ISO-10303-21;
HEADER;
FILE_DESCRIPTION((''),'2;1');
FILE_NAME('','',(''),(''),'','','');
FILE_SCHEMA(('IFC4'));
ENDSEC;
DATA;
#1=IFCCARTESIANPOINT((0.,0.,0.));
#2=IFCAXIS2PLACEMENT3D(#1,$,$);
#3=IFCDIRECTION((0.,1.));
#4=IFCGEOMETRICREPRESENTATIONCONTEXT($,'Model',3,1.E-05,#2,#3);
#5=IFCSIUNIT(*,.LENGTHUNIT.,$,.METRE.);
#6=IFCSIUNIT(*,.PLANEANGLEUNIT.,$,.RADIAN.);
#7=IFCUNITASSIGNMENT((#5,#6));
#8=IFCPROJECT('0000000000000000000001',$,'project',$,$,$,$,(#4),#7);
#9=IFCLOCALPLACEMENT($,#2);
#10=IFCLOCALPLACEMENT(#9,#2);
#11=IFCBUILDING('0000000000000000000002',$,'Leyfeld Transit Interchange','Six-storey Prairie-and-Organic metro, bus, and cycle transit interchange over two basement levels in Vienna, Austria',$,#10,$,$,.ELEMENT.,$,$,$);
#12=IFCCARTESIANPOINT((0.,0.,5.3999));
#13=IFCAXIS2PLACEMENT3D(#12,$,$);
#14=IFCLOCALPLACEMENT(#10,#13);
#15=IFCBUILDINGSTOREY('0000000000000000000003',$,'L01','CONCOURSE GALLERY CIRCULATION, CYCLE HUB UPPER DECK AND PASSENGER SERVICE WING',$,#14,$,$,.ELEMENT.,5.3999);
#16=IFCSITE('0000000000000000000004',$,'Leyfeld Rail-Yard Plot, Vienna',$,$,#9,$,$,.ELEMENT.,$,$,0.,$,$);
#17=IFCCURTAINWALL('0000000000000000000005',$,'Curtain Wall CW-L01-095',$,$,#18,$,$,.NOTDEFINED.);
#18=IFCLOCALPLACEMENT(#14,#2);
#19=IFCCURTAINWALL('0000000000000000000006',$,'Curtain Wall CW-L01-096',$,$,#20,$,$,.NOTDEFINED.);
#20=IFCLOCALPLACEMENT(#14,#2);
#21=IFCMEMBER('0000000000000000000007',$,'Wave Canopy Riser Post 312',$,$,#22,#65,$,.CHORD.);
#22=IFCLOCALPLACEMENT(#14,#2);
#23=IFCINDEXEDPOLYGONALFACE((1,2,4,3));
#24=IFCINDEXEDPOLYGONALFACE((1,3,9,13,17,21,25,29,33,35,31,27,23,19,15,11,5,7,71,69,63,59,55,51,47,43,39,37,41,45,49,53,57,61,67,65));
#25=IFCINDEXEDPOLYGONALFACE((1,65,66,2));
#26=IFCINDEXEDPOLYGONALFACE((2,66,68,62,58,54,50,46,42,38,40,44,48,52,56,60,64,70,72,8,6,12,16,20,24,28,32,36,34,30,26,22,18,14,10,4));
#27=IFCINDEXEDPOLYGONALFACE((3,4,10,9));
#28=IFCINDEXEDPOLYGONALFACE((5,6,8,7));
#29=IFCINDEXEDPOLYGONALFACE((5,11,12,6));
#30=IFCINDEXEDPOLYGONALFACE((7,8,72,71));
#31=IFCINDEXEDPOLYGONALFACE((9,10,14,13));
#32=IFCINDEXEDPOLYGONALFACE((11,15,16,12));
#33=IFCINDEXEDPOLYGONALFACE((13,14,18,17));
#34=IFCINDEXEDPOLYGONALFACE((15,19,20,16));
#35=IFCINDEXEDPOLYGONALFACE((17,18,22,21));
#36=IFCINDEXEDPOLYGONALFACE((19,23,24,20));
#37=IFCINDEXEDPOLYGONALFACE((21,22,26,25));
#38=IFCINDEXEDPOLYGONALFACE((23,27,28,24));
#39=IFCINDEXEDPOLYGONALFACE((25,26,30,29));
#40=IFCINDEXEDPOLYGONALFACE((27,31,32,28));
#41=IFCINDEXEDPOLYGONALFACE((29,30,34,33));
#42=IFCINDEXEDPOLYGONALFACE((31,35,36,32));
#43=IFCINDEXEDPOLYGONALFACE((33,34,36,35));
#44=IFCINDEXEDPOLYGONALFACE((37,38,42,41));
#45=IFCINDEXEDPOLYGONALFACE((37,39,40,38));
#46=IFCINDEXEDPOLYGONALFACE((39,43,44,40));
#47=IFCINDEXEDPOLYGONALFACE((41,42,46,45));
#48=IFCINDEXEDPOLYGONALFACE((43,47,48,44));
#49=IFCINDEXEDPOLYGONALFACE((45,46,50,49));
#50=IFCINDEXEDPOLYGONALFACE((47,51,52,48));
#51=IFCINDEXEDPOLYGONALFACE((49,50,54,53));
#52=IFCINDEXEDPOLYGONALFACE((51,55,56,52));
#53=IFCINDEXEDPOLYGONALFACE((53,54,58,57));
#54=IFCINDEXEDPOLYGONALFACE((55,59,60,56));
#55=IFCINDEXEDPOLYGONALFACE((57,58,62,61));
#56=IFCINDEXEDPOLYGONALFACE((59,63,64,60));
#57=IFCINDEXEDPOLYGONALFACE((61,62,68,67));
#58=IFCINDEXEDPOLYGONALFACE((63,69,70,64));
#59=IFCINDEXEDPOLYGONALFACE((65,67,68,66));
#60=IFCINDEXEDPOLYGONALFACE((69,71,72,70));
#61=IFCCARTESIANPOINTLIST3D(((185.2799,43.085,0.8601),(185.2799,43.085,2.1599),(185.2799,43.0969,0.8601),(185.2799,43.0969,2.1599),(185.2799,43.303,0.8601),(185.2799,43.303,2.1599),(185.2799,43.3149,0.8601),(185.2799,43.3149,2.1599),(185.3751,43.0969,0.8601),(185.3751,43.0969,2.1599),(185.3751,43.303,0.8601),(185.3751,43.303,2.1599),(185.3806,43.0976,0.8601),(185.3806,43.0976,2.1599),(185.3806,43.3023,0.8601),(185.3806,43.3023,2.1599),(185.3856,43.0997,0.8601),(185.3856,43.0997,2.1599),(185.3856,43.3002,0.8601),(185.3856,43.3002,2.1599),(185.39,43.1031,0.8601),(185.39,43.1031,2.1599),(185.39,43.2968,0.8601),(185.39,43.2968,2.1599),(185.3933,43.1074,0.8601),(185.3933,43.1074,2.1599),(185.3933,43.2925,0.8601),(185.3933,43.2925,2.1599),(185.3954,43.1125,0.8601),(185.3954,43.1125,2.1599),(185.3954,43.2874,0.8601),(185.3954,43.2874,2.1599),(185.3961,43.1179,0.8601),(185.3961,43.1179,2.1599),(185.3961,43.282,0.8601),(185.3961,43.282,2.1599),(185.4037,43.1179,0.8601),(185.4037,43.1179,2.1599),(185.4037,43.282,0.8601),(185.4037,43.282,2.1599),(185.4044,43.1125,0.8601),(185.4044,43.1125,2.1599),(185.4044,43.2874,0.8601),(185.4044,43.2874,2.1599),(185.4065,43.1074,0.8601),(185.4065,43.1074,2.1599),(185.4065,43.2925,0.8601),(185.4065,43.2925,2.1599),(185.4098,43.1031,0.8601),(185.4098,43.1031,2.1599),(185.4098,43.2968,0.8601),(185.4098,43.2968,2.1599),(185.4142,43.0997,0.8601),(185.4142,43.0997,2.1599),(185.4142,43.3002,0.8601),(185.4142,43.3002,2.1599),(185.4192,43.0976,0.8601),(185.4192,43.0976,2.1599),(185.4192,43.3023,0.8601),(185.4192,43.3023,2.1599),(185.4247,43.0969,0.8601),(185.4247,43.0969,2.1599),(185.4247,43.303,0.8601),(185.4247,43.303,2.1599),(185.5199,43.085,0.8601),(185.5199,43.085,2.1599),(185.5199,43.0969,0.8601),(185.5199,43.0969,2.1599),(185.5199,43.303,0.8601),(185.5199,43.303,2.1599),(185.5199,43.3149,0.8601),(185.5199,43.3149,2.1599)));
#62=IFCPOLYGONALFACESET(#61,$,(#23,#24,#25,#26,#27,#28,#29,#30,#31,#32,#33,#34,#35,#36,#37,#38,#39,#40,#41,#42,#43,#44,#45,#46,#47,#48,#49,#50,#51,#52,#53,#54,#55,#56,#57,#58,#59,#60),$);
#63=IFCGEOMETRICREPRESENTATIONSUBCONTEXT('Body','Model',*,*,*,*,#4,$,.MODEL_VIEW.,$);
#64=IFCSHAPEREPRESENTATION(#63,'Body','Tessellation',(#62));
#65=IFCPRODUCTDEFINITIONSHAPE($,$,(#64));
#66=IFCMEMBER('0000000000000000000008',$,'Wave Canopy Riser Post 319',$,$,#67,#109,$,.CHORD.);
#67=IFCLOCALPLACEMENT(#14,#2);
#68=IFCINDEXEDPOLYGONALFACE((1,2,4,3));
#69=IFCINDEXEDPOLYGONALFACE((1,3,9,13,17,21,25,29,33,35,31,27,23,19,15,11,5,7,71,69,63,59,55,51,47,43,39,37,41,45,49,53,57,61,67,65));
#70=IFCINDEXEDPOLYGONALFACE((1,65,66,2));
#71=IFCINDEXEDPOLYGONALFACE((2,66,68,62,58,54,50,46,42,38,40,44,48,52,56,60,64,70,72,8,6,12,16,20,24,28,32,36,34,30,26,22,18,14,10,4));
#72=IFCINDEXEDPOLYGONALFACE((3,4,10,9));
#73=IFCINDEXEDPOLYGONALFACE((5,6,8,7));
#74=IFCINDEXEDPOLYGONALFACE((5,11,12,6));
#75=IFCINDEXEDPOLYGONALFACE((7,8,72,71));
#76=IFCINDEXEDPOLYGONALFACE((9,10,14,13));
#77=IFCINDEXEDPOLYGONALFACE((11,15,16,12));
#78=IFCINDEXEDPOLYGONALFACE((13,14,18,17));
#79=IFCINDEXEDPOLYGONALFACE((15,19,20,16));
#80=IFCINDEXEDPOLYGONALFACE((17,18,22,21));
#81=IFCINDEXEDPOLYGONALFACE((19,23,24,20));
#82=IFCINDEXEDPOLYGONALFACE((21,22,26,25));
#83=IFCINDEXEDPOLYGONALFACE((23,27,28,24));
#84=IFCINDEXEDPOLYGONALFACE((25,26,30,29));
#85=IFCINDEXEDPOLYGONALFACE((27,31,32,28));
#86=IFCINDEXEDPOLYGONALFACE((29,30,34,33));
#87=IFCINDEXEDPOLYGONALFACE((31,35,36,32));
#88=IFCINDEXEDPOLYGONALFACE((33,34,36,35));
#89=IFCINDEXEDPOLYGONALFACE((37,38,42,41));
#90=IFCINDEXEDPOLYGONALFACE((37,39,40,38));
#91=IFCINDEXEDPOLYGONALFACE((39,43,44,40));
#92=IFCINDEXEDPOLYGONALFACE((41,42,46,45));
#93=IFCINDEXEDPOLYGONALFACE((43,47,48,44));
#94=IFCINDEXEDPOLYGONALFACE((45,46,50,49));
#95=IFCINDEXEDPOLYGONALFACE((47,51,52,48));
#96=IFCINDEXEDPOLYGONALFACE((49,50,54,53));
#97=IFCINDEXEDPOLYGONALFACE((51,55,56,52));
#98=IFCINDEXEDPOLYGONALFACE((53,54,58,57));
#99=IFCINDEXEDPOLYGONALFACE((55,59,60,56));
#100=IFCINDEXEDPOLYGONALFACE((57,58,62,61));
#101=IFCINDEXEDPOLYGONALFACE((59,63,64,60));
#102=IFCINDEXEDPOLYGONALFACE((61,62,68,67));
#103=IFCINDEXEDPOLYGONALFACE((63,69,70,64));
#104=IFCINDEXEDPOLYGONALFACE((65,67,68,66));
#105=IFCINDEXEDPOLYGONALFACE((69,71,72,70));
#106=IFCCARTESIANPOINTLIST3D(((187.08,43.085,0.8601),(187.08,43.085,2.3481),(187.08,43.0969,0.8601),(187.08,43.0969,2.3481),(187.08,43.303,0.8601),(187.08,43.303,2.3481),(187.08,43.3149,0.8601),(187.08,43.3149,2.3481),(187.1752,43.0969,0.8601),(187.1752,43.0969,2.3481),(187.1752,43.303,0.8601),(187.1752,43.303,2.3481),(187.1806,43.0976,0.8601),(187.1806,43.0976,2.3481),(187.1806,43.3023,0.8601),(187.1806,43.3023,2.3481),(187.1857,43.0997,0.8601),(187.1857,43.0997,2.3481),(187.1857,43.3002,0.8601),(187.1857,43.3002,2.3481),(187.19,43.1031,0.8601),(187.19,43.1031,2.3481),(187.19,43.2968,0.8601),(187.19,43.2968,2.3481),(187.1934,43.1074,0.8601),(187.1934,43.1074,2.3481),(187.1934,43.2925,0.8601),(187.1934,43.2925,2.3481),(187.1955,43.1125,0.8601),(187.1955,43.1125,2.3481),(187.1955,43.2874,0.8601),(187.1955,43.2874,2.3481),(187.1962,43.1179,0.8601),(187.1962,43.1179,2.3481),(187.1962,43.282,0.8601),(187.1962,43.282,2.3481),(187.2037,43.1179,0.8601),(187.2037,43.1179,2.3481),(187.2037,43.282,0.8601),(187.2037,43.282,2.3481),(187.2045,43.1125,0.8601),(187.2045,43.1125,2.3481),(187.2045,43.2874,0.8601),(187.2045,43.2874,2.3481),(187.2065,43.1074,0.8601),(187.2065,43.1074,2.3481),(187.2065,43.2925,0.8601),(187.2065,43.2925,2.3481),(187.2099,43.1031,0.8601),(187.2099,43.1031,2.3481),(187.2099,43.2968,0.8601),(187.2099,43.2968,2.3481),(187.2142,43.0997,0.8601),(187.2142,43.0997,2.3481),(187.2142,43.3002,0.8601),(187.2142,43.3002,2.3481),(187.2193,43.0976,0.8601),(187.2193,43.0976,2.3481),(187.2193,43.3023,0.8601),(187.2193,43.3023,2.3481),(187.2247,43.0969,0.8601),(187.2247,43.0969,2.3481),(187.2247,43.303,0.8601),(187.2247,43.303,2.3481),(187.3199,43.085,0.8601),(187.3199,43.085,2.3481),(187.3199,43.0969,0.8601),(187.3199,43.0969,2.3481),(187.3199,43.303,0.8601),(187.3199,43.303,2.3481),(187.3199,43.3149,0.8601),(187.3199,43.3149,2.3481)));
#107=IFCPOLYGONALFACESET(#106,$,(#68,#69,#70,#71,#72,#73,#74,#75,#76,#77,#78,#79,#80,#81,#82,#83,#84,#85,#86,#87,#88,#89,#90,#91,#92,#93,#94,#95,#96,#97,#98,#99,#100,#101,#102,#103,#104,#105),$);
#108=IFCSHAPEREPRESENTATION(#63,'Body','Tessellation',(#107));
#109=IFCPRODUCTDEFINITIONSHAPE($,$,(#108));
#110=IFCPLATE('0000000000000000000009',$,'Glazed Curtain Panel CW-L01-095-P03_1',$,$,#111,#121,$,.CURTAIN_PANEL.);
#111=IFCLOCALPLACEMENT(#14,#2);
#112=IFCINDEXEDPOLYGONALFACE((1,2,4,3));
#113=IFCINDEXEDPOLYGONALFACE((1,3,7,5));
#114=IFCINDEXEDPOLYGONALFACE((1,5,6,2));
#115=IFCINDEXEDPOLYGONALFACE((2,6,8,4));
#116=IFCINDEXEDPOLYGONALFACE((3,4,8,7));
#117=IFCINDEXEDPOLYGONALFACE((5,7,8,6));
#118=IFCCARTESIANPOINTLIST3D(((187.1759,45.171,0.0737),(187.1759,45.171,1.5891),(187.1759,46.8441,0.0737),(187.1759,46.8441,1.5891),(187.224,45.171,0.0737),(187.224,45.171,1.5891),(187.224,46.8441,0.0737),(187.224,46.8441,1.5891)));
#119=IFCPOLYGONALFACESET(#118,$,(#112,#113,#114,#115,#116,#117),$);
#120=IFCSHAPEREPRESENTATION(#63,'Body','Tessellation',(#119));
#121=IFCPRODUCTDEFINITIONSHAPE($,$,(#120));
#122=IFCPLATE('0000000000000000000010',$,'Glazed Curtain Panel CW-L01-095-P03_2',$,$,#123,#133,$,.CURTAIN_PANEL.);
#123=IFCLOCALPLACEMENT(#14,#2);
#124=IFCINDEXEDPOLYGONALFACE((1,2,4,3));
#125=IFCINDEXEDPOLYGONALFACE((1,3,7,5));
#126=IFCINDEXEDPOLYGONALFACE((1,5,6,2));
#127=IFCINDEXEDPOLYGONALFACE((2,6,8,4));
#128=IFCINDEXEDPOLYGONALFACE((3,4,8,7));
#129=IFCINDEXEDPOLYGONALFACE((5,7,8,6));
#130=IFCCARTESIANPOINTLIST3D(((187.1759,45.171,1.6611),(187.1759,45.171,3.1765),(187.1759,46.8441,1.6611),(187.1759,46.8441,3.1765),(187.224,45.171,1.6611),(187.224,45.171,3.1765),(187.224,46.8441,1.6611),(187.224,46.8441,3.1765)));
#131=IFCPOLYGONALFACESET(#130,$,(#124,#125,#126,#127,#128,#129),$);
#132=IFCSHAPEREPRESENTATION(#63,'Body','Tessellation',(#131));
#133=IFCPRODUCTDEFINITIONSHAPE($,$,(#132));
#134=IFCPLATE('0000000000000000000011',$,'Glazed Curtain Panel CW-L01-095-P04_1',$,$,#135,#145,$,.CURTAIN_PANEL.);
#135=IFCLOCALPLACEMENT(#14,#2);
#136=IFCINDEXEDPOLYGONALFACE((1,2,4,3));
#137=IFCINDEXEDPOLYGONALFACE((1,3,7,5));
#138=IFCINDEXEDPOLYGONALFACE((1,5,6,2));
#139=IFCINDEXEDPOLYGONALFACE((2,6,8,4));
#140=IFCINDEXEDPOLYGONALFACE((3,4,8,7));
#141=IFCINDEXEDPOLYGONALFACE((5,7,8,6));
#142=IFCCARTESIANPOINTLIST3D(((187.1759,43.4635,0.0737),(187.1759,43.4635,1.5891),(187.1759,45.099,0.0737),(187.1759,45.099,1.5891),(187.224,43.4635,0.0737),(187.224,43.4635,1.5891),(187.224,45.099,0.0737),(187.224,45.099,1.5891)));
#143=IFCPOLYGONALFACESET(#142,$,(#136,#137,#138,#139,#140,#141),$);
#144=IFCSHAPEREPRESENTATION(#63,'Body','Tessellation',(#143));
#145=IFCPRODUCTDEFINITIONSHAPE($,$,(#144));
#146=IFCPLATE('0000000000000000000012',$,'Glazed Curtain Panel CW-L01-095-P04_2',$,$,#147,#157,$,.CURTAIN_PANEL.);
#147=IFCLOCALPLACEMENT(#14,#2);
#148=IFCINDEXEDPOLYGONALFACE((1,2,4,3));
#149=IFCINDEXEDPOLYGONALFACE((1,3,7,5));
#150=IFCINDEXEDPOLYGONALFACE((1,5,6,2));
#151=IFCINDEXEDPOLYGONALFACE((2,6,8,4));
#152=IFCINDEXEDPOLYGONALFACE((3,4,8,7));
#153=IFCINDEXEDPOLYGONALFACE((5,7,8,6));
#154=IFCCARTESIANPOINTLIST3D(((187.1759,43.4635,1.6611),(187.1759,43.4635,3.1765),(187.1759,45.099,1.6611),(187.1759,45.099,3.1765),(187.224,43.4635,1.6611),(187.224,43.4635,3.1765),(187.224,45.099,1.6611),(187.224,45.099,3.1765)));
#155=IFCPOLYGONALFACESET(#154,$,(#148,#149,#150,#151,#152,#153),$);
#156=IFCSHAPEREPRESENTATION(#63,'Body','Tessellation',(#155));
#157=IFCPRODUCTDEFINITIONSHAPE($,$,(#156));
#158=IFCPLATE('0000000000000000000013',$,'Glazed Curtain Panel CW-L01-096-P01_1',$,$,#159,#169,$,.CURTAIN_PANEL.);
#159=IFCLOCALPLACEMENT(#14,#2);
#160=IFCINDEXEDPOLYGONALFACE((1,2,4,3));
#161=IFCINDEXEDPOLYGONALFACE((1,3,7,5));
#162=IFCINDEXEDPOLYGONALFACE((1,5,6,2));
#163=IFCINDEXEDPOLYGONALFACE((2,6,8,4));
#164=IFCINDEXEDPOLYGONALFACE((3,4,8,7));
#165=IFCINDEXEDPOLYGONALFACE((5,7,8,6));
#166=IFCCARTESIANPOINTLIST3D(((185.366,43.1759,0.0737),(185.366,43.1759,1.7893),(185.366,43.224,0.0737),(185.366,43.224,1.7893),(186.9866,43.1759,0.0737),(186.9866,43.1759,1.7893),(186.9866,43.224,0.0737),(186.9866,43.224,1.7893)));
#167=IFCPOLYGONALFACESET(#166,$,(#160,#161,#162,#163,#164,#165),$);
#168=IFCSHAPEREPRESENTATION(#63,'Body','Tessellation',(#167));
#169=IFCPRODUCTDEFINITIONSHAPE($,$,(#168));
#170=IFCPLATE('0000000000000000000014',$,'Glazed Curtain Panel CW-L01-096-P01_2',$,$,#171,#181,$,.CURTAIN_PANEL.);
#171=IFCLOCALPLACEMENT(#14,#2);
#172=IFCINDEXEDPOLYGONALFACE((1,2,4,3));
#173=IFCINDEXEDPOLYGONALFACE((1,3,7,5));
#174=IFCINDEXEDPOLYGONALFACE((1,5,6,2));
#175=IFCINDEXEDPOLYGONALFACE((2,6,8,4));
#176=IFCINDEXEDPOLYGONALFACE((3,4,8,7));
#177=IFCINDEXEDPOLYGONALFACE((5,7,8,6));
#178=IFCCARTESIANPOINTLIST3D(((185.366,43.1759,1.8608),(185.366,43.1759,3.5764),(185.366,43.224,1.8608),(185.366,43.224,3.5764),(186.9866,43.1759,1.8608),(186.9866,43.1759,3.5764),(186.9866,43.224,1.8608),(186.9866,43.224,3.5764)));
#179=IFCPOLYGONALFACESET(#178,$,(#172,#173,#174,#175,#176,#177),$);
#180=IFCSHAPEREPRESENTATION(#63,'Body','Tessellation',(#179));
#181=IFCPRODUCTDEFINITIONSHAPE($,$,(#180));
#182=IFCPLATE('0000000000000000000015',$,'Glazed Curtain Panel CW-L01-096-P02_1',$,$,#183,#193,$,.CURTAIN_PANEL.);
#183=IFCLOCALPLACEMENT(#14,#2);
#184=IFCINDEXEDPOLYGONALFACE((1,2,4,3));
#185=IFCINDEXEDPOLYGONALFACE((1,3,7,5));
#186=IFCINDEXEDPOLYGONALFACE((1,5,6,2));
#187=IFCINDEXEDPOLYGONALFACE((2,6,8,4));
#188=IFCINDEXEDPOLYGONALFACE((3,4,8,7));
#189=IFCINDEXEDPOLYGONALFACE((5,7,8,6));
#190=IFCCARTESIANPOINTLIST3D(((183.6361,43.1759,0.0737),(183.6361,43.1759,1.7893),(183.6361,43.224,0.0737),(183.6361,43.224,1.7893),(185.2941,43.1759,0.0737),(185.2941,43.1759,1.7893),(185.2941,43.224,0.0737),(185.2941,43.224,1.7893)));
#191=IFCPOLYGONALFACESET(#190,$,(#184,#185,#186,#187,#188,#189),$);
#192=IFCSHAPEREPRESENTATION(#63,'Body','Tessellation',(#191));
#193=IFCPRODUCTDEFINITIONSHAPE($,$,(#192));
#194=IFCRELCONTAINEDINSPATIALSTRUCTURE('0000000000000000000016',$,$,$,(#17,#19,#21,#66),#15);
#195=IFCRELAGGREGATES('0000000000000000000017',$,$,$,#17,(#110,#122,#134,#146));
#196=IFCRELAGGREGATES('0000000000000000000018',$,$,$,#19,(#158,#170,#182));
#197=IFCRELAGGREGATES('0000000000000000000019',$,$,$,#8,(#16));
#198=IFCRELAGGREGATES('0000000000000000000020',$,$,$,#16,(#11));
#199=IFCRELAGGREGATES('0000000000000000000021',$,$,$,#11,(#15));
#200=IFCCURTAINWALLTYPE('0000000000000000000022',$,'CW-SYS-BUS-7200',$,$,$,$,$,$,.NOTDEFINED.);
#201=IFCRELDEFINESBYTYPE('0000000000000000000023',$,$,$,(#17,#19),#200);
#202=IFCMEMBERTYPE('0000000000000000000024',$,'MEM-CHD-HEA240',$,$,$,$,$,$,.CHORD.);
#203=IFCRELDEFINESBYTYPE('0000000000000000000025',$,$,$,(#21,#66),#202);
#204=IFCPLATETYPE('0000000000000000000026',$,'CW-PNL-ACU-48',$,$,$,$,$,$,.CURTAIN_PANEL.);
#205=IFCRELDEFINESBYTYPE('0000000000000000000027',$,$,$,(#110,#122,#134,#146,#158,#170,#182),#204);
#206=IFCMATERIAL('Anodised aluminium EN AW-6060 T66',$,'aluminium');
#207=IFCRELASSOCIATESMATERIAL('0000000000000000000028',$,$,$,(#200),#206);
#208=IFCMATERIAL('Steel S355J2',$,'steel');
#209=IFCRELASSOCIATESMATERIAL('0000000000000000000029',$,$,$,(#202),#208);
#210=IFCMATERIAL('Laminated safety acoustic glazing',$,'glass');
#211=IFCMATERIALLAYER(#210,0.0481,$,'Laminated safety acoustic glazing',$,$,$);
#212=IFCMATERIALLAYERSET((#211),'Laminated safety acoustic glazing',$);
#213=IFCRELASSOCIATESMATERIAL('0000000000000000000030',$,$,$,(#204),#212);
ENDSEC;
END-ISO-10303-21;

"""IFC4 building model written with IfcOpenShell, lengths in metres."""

from ifc_helpers import new_model, si_unit, direction, frame, origin, origin_2d, place, context, subcontext, project, spatial, rectangle, i_section, extrude, material, layer, layer_set, material_profile, profile_set, type_object, element, aggregate, save


model = new_model("IFC4")

# Units and contexts
model_context = context("Model", 3, precision=1e-05, world=origin(), true_north=direction((0.0, 1.0)))
body_context = subcontext(model_context, "Body", "Model", "MODEL_VIEW")
ifc_project = project(units=[si_unit("LENGTHUNIT", "METRE"), si_unit("PLANEANGLEUNIT", "RADIAN")], contexts=[model_context])

# Site, building, storey
site_placement = place(None, origin())
site = spatial("IfcSite", under=ifc_project, at=site_placement, Name="Leyfeld Rail-Yard Plot, Vienna", CompositionType="ELEMENT", RefElevation=0.0)
building_placement = place(site_placement, origin())
building = spatial("IfcBuilding", under=site, at=building_placement, Name="Leyfeld Transit Interchange", Description="Six-storey Prairie-and-Organic metro, bus, and cycle transit interchange over two basement levels in Vienna, Austria", CompositionType="ELEMENT")
storey_placement = place(building_placement, frame((0.0, 0.0, 5.3999)))
storey = spatial("IfcBuildingStorey", under=building, at=storey_placement, Name="L01", Description="CONCOURSE GALLERY CIRCULATION, CYCLE HUB UPPER DECK AND PASSENGER SERVICE WING", CompositionType="ELEMENT", Elevation=5.3999)

# Shared definitions
ifc_material_1 = material(Name="Steel S355J2", Category="steel")

# Curtain walls
ifc_material_2 = material(Name="Anodised aluminium EN AW-6060 T66", Category="aluminium")
curtain_wall_type = type_object("IfcCurtainWallType", Name="CW-SYS-BUS-7200", PredefinedType="NOTDEFINED", material=ifc_material_2)
curtain_wall_1_placement = place(storey_placement, origin())
curtain_wall_1 = element("IfcCurtainWall", 1, at=curtain_wall_1_placement, inside=storey, type_object=curtain_wall_type, Name="Curtain Wall CW-L01-095", PredefinedType="NOTDEFINED")
curtain_wall_2_placement = place(storey_placement, origin())
curtain_wall_2 = element("IfcCurtainWall", 2, at=curtain_wall_2_placement, inside=storey, type_object=curtain_wall_type, Name="Curtain Wall CW-L01-096", PredefinedType="NOTDEFINED")

# Members
ifc_material_profile_1 = material_profile(ifc_material_1, i_section(OverallWidth=0.24, OverallDepth=0.23, WebThickness=0.0076, FlangeThickness=0.012, FilletRadius=0.021, at=origin_2d()), Name="HEA 240")
ifc_profile_set_1 = profile_set([ifc_material_profile_1], Name="Steel S355J2")
member_type_1 = type_object("IfcMemberType", Name="MEM-CHD-HEA240", PredefinedType="CHORD", material=ifc_profile_set_1)
member_1_placement = place(storey_placement, frame((185.3999, 43.2, 0.8601), z_axis=(0.0, 0.0, 1.0), x_axis=(1.0, 0.0, 0.0)))
element("IfcMember", 3, at=member_1_placement, inside=storey, type_object=member_type_1, Name="Wave Canopy Riser Post 312", PredefinedType="CHORD", context=body_context, shape_type="SweptSolid", body=[
    extrude(i_section(OverallWidth=0.24, OverallDepth=0.23, WebThickness=0.0076, FlangeThickness=0.012, FilletRadius=0.021, at=origin_2d()), origin(), (0.0, 0.0, 1.0), 1.2998),
])
member_2_placement = place(storey_placement, frame((187.2, 43.2, 0.8601), z_axis=(0.0, 0.0, 1.0), x_axis=(1.0, 0.0, 0.0)))
element("IfcMember", 4, at=member_2_placement, inside=storey, type_object=member_type_1, Name="Wave Canopy Riser Post 319", PredefinedType="CHORD", context=body_context, shape_type="SweptSolid", body=[
    extrude(i_section(OverallWidth=0.24, OverallDepth=0.23, WebThickness=0.0076, FlangeThickness=0.012, FilletRadius=0.021, at=origin_2d()), origin(), (0.0, 0.0, 1.0), 1.488),
])

# Plates
ifc_material_3 = material(Name="Laminated safety acoustic glazing", Category="glass")
ifc_layer = layer(ifc_material_3, 0.0481, Name="Laminated safety acoustic glazing")
ifc_layer_set = layer_set([ifc_layer], Name="Laminated safety acoustic glazing")
plate_type = type_object("IfcPlateType", Name="CW-PNL-ACU-48", PredefinedType="CURTAIN_PANEL", material=ifc_layer_set)
plate_1_placement = place(storey_placement, frame((187.2, 46.0076, 0.0737), z_axis=(0.0, 0.0, 1.0), x_axis=(0.0, -1.0, 0.0)))
plate_1 = element("IfcPlate", 5, at=plate_1_placement, type_object=plate_type, Name="Glazed Curtain Panel CW-L01-095-P03_1", PredefinedType="CURTAIN_PANEL", context=body_context, shape_type="SweptSolid", body=[
    extrude(rectangle(XDim=1.6731, YDim=0.0481, at=origin_2d()), origin(), (0.0, 0.0, 1.0), 1.5154),
])
plate_2_placement = place(storey_placement, frame((187.2, 46.0076, 1.6611), z_axis=(0.0, 0.0, 1.0), x_axis=(0.0, -1.0, 0.0)))
plate_2 = element("IfcPlate", 6, at=plate_2_placement, type_object=plate_type, Name="Glazed Curtain Panel CW-L01-095-P03_2", PredefinedType="CURTAIN_PANEL", context=body_context, shape_type="SweptSolid", body=[
    extrude(rectangle(XDim=1.6731, YDim=0.0481, at=origin_2d()), origin(), (0.0, 0.0, 1.0), 1.5154),
])
plate_3_placement = place(storey_placement, frame((187.2, 44.2812, 0.0737), z_axis=(0.0, 0.0, 1.0), x_axis=(0.0, -1.0, 0.0)))
plate_3 = element("IfcPlate", 7, at=plate_3_placement, type_object=plate_type, Name="Glazed Curtain Panel CW-L01-095-P04_1", PredefinedType="CURTAIN_PANEL", context=body_context, shape_type="SweptSolid", body=[
    extrude(rectangle(XDim=1.6355, YDim=0.0481, at=origin_2d()), origin(), (0.0, 0.0, 1.0), 1.5154),
])
plate_4_placement = place(storey_placement, frame((187.2, 44.2812, 1.6611), z_axis=(0.0, 0.0, 1.0), x_axis=(0.0, -1.0, 0.0)))
plate_4 = element("IfcPlate", 8, at=plate_4_placement, type_object=plate_type, Name="Glazed Curtain Panel CW-L01-095-P04_2", PredefinedType="CURTAIN_PANEL", context=body_context, shape_type="SweptSolid", body=[
    extrude(rectangle(XDim=1.6355, YDim=0.0481, at=origin_2d()), origin(), (0.0, 0.0, 1.0), 1.5154),
])
aggregate(curtain_wall_1, [plate_1, plate_2, plate_3, plate_4])
plate_5_placement = place(storey_placement, frame((186.1763, 43.2, 0.0737), z_axis=(0.0, 0.0, 1.0), x_axis=(-1.0, 0.0, 0.0)))
plate_5 = element("IfcPlate", 9, at=plate_5_placement, type_object=plate_type, Name="Glazed Curtain Panel CW-L01-096-P01_1", PredefinedType="CURTAIN_PANEL", context=body_context, shape_type="SweptSolid", body=[
    extrude(rectangle(XDim=1.6206, YDim=0.0481, at=origin_2d()), origin(), (0.0, 0.0, 1.0), 1.7156),
])
plate_6_placement = place(storey_placement, frame((186.1763, 43.2, 1.8608), z_axis=(0.0, 0.0, 1.0), x_axis=(-1.0, 0.0, 0.0)))
plate_6 = element("IfcPlate", 10, at=plate_6_placement, type_object=plate_type, Name="Glazed Curtain Panel CW-L01-096-P01_2", PredefinedType="CURTAIN_PANEL", context=body_context, shape_type="SweptSolid", body=[
    extrude(rectangle(XDim=1.6206, YDim=0.0481, at=origin_2d()), origin(), (0.0, 0.0, 1.0), 1.7156),
])
plate_7_placement = place(storey_placement, frame((184.4651, 43.2, 0.0737), z_axis=(0.0, 0.0, 1.0), x_axis=(-1.0, 0.0, 0.0)))
plate_7 = element("IfcPlate", 11, at=plate_7_placement, type_object=plate_type, Name="Glazed Curtain Panel CW-L01-096-P02_1", PredefinedType="CURTAIN_PANEL", context=body_context, shape_type="SweptSolid", body=[
    extrude(rectangle(XDim=1.658, YDim=0.0481, at=origin_2d()), origin(), (0.0, 0.0, 1.0), 1.7156),
])
aggregate(curtain_wall_2, [plate_5, plate_6, plate_7])

save(model, "model.ifc")
